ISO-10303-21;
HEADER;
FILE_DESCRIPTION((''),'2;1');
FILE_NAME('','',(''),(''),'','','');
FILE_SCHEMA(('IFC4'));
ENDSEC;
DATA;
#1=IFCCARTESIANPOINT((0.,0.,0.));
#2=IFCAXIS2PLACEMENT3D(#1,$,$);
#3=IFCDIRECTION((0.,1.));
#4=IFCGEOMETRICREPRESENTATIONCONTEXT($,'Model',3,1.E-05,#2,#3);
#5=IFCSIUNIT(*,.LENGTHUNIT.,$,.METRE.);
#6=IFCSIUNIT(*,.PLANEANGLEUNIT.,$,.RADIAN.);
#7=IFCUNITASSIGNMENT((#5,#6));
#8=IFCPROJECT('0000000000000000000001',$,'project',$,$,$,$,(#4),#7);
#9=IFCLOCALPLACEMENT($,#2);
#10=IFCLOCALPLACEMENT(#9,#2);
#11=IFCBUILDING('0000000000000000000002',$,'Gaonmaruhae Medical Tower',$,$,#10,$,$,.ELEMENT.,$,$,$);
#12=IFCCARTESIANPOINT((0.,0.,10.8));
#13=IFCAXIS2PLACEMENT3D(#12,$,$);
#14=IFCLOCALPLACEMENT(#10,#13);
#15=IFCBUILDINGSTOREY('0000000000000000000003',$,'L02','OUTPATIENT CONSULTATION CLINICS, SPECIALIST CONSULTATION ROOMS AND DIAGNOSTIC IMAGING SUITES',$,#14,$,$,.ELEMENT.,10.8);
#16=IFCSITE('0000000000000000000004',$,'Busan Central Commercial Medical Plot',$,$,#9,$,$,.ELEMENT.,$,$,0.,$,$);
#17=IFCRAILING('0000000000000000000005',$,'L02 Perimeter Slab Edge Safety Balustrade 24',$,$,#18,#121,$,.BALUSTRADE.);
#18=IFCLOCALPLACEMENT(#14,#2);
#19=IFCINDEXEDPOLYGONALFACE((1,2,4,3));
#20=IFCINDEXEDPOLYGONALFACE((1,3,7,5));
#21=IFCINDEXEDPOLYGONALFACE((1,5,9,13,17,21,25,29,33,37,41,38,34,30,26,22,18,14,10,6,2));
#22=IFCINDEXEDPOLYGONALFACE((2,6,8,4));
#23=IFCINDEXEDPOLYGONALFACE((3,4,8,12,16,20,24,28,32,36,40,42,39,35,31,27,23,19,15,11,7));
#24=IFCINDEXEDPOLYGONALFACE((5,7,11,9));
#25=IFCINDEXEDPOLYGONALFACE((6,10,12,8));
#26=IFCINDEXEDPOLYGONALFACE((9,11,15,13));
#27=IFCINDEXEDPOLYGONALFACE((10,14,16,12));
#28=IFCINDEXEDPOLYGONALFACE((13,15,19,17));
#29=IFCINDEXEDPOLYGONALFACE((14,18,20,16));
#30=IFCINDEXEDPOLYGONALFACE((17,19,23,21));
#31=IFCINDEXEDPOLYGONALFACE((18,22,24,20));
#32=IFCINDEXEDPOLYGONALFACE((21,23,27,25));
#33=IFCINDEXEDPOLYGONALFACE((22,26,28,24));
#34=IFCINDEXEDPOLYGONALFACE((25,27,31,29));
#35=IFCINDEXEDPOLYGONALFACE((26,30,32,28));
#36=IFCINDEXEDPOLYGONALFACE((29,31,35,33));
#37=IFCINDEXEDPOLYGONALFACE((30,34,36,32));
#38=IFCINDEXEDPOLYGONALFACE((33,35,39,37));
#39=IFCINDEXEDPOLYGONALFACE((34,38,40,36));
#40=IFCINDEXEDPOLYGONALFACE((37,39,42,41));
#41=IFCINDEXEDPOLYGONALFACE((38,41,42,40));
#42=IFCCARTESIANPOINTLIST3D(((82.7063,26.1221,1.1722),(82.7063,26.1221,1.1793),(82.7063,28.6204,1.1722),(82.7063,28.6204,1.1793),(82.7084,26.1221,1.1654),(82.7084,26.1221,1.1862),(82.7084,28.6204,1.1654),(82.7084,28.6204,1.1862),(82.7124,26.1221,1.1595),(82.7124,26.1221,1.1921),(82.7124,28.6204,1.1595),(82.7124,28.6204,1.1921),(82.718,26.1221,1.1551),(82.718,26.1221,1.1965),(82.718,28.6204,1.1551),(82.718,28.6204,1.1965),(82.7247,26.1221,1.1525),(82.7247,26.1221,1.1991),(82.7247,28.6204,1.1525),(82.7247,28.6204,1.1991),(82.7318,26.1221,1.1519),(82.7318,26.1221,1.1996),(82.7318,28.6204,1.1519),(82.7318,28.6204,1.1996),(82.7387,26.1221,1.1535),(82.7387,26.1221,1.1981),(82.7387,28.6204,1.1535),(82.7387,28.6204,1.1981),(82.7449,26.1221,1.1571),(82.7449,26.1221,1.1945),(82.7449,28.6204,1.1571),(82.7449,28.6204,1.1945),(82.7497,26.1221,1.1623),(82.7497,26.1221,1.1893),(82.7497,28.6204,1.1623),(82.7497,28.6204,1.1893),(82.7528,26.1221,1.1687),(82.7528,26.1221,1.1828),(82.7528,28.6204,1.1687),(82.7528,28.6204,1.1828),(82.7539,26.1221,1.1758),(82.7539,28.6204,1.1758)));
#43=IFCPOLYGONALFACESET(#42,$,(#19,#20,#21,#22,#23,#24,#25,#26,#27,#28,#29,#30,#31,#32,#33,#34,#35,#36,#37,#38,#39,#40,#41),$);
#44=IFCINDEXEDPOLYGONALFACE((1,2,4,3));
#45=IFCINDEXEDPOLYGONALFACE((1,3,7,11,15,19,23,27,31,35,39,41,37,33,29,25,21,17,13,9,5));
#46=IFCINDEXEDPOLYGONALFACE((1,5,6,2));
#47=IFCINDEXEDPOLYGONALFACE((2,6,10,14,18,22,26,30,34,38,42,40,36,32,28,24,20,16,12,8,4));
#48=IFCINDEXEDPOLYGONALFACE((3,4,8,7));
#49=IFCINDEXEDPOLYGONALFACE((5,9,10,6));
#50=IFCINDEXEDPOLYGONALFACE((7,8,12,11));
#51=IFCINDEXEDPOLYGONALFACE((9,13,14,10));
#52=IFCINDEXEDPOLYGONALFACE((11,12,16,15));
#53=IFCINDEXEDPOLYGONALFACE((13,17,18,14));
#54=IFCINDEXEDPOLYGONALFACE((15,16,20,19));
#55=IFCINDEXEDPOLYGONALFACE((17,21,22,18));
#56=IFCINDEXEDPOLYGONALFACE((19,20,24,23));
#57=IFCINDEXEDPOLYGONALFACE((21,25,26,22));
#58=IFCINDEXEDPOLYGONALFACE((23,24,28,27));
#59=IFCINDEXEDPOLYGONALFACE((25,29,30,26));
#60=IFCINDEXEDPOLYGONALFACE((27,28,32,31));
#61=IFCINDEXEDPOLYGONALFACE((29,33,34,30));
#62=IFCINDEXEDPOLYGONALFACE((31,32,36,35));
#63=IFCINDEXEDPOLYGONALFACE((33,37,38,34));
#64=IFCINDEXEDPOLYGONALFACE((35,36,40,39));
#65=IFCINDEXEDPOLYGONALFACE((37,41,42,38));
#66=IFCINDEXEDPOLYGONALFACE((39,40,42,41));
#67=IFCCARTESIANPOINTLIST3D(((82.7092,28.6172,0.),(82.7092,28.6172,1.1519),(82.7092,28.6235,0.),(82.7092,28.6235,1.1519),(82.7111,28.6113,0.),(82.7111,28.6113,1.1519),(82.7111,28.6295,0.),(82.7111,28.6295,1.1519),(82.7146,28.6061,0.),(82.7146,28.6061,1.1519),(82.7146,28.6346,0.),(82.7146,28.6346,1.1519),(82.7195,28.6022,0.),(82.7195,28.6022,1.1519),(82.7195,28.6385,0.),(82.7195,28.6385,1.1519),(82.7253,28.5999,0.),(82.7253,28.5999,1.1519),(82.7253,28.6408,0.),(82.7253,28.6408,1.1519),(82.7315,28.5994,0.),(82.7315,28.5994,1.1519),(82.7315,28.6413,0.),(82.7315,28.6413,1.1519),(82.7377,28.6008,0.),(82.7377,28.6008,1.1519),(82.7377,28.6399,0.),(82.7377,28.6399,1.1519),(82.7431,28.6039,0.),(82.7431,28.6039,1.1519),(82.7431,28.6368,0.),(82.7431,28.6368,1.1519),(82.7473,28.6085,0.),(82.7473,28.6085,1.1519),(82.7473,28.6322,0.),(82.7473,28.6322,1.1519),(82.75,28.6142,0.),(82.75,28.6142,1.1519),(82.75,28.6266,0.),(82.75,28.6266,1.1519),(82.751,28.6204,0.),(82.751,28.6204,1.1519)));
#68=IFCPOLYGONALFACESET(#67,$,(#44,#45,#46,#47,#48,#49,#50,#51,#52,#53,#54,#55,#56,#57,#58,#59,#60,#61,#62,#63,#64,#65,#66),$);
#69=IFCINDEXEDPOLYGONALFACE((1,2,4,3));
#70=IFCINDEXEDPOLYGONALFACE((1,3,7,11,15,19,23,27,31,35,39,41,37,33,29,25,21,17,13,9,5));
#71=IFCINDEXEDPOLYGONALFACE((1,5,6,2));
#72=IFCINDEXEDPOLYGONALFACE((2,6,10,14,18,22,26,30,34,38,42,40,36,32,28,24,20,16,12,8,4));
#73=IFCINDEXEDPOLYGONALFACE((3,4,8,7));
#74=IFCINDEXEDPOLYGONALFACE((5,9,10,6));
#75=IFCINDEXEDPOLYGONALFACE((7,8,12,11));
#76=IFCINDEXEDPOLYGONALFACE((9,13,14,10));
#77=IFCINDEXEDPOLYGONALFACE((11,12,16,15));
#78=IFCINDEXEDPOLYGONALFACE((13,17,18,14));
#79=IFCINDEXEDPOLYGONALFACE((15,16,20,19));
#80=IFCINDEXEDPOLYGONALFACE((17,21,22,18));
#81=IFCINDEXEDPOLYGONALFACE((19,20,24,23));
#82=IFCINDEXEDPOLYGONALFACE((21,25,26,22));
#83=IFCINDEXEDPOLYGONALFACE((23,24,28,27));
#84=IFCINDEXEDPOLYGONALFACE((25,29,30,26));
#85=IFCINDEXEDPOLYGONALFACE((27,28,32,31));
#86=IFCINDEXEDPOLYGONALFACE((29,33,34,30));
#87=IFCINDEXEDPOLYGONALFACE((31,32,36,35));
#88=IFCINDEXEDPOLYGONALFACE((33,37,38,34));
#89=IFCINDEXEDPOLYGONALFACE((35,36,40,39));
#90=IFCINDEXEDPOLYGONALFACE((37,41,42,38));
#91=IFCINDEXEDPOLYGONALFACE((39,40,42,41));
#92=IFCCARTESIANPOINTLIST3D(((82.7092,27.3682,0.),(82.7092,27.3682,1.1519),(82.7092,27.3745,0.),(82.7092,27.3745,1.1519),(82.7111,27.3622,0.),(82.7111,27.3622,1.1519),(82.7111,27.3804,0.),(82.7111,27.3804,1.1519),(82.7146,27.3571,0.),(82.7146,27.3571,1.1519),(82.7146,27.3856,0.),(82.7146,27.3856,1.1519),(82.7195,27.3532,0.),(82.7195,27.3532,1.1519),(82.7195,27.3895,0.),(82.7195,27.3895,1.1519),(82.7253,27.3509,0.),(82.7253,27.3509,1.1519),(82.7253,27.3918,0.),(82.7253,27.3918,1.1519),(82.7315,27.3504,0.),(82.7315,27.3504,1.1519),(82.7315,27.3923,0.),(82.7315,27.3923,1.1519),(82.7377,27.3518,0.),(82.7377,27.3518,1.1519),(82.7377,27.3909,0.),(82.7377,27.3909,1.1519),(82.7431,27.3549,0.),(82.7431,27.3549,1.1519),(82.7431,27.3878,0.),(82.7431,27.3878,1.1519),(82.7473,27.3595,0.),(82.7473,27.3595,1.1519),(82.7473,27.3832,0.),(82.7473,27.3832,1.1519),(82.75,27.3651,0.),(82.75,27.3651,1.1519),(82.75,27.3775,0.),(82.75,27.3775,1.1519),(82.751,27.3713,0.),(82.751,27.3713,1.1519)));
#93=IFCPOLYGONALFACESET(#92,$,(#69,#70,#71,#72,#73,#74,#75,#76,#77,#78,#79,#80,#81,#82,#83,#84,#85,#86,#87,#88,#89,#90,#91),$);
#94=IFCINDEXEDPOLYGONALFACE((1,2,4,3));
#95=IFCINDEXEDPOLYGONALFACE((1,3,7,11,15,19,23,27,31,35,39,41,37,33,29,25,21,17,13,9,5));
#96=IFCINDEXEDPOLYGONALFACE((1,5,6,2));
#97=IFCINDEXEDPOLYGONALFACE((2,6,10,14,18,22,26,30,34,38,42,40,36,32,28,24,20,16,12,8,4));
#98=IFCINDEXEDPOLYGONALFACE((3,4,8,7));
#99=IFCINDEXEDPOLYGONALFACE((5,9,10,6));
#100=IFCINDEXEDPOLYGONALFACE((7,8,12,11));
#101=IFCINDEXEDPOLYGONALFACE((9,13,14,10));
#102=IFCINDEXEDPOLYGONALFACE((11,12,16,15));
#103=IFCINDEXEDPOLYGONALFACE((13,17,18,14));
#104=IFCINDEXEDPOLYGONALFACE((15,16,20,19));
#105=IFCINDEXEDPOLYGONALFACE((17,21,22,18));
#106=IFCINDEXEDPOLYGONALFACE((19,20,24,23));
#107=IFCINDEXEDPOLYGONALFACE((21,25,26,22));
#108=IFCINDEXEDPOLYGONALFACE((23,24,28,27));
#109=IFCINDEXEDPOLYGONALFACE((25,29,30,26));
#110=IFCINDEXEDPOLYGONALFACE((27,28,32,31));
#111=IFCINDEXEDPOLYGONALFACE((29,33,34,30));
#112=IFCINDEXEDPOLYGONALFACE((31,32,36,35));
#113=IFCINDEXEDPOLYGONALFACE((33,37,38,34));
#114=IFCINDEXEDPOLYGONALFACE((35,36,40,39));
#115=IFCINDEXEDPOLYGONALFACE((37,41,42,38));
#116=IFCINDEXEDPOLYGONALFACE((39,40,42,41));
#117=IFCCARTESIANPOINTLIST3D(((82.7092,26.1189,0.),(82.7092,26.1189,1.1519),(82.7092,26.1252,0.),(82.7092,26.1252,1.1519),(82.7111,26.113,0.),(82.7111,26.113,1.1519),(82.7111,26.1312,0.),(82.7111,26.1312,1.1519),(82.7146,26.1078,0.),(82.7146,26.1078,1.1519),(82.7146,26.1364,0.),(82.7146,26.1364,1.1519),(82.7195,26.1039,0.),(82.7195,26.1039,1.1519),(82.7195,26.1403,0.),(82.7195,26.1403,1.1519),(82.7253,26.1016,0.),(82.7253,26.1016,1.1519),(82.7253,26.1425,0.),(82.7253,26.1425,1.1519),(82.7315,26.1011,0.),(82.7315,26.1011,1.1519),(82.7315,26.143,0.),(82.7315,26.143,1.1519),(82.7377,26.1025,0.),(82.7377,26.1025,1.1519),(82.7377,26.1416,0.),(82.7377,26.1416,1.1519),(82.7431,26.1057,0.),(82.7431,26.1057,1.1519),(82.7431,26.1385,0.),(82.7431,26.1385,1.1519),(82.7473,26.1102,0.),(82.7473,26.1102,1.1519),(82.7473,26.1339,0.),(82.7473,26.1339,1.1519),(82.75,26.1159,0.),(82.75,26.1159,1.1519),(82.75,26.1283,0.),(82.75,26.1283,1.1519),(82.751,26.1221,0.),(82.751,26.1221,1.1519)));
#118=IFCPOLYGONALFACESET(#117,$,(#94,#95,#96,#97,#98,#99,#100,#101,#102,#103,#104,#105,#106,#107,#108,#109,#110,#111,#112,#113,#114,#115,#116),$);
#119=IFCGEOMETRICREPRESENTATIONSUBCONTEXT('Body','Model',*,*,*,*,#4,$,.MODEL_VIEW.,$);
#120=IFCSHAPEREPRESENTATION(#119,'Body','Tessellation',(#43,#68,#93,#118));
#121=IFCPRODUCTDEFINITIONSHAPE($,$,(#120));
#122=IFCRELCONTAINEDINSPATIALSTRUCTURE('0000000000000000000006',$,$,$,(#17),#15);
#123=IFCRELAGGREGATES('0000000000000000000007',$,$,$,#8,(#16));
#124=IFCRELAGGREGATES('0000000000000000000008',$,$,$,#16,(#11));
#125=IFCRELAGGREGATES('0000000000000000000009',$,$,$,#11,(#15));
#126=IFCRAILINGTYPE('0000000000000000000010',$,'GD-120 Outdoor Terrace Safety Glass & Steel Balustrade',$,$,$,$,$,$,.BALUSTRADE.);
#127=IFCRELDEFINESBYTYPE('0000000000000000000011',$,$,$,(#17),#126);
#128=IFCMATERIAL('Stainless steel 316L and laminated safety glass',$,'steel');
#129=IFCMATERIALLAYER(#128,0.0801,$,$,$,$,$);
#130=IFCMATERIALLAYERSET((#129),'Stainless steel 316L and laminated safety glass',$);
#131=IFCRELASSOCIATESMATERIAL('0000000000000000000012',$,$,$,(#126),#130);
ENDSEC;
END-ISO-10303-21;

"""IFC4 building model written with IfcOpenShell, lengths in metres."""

from ifc_helpers import new_model, si_unit, direction, frame, origin, origin_2d, place, context, subcontext, project, spatial, circle, extrude, material, layer, layer_set, type_object, element, save


model = new_model("IFC4")

# Units and contexts
model_context = context("Model", 3, precision=1e-05, world=origin(), true_north=direction((0.0, 1.0)))
body_context = subcontext(model_context, "Body", "Model", "MODEL_VIEW")
ifc_project = project(units=[si_unit("LENGTHUNIT", "METRE"), si_unit("PLANEANGLEUNIT", "RADIAN")], contexts=[model_context])

# Site, building, storey
site_placement = place(None, origin())
site = spatial("IfcSite", under=ifc_project, at=site_placement, Name="Busan Central Commercial Medical Plot", CompositionType="ELEMENT", RefElevation=0.0)
building_placement = place(site_placement, origin())
building = spatial("IfcBuilding", under=site, at=building_placement, Name="Gaonmaruhae Medical Tower", CompositionType="ELEMENT")
storey_placement = place(building_placement, frame((0.0, 0.0, 10.8)))
storey = spatial("IfcBuildingStorey", under=building, at=storey_placement, Name="L02", Description="OUTPATIENT CONSULTATION CLINICS, SPECIALIST CONSULTATION ROOMS AND DIAGNOSTIC IMAGING SUITES", CompositionType="ELEMENT", Elevation=10.8)

# Railing
ifc_material_1 = material(Name="Stainless steel 316L and laminated safety glass", Category="steel")
ifc_layer_1 = layer(ifc_material_1, 0.0801)
ifc_layer_set_1 = layer_set([ifc_layer_1], Name="Stainless steel 316L and laminated safety glass")
railing_type = type_object("IfcRailingType", Name="GD-120 Outdoor Terrace Safety Glass & Steel Balustrade", PredefinedType="BALUSTRADE", material=ifc_layer_set_1)
for number, where, name in (
    (1, (82.73, 28.6204, 0.0), "L02 Perimeter Slab Edge Safety Balustrade 24"),
):
    element("IfcRailing", number, at=place(storey_placement, frame(where)), inside=storey, type_object=railing_type, Name=name, PredefinedType="BALUSTRADE", context=body_context, shape_type="SweptSolid", body=[
        extrude(circle(Radius=0.0239, at=origin_2d()), frame((0.0, 0.0, 1.1758), z_axis=(0.0, -1.0, 0.0), x_axis=(1.0, 0.0, 0.0)), (0.0, 0.0, 1.0), 2.4983),
        extrude(circle(Radius=0.021, at=origin_2d()), origin(), (0.0, 0.0, 1.0), 1.1519),
        extrude(circle(Radius=0.021, at=origin_2d()), frame((0.0, -1.249, 0.0)), (0.0, 0.0, 1.0), 1.1519),
        extrude(circle(Radius=0.021, at=origin_2d()), frame((0.0, -2.4983, 0.0)), (0.0, 0.0, 1.0), 1.1519),
    ])

save(model, "model.ifc")
